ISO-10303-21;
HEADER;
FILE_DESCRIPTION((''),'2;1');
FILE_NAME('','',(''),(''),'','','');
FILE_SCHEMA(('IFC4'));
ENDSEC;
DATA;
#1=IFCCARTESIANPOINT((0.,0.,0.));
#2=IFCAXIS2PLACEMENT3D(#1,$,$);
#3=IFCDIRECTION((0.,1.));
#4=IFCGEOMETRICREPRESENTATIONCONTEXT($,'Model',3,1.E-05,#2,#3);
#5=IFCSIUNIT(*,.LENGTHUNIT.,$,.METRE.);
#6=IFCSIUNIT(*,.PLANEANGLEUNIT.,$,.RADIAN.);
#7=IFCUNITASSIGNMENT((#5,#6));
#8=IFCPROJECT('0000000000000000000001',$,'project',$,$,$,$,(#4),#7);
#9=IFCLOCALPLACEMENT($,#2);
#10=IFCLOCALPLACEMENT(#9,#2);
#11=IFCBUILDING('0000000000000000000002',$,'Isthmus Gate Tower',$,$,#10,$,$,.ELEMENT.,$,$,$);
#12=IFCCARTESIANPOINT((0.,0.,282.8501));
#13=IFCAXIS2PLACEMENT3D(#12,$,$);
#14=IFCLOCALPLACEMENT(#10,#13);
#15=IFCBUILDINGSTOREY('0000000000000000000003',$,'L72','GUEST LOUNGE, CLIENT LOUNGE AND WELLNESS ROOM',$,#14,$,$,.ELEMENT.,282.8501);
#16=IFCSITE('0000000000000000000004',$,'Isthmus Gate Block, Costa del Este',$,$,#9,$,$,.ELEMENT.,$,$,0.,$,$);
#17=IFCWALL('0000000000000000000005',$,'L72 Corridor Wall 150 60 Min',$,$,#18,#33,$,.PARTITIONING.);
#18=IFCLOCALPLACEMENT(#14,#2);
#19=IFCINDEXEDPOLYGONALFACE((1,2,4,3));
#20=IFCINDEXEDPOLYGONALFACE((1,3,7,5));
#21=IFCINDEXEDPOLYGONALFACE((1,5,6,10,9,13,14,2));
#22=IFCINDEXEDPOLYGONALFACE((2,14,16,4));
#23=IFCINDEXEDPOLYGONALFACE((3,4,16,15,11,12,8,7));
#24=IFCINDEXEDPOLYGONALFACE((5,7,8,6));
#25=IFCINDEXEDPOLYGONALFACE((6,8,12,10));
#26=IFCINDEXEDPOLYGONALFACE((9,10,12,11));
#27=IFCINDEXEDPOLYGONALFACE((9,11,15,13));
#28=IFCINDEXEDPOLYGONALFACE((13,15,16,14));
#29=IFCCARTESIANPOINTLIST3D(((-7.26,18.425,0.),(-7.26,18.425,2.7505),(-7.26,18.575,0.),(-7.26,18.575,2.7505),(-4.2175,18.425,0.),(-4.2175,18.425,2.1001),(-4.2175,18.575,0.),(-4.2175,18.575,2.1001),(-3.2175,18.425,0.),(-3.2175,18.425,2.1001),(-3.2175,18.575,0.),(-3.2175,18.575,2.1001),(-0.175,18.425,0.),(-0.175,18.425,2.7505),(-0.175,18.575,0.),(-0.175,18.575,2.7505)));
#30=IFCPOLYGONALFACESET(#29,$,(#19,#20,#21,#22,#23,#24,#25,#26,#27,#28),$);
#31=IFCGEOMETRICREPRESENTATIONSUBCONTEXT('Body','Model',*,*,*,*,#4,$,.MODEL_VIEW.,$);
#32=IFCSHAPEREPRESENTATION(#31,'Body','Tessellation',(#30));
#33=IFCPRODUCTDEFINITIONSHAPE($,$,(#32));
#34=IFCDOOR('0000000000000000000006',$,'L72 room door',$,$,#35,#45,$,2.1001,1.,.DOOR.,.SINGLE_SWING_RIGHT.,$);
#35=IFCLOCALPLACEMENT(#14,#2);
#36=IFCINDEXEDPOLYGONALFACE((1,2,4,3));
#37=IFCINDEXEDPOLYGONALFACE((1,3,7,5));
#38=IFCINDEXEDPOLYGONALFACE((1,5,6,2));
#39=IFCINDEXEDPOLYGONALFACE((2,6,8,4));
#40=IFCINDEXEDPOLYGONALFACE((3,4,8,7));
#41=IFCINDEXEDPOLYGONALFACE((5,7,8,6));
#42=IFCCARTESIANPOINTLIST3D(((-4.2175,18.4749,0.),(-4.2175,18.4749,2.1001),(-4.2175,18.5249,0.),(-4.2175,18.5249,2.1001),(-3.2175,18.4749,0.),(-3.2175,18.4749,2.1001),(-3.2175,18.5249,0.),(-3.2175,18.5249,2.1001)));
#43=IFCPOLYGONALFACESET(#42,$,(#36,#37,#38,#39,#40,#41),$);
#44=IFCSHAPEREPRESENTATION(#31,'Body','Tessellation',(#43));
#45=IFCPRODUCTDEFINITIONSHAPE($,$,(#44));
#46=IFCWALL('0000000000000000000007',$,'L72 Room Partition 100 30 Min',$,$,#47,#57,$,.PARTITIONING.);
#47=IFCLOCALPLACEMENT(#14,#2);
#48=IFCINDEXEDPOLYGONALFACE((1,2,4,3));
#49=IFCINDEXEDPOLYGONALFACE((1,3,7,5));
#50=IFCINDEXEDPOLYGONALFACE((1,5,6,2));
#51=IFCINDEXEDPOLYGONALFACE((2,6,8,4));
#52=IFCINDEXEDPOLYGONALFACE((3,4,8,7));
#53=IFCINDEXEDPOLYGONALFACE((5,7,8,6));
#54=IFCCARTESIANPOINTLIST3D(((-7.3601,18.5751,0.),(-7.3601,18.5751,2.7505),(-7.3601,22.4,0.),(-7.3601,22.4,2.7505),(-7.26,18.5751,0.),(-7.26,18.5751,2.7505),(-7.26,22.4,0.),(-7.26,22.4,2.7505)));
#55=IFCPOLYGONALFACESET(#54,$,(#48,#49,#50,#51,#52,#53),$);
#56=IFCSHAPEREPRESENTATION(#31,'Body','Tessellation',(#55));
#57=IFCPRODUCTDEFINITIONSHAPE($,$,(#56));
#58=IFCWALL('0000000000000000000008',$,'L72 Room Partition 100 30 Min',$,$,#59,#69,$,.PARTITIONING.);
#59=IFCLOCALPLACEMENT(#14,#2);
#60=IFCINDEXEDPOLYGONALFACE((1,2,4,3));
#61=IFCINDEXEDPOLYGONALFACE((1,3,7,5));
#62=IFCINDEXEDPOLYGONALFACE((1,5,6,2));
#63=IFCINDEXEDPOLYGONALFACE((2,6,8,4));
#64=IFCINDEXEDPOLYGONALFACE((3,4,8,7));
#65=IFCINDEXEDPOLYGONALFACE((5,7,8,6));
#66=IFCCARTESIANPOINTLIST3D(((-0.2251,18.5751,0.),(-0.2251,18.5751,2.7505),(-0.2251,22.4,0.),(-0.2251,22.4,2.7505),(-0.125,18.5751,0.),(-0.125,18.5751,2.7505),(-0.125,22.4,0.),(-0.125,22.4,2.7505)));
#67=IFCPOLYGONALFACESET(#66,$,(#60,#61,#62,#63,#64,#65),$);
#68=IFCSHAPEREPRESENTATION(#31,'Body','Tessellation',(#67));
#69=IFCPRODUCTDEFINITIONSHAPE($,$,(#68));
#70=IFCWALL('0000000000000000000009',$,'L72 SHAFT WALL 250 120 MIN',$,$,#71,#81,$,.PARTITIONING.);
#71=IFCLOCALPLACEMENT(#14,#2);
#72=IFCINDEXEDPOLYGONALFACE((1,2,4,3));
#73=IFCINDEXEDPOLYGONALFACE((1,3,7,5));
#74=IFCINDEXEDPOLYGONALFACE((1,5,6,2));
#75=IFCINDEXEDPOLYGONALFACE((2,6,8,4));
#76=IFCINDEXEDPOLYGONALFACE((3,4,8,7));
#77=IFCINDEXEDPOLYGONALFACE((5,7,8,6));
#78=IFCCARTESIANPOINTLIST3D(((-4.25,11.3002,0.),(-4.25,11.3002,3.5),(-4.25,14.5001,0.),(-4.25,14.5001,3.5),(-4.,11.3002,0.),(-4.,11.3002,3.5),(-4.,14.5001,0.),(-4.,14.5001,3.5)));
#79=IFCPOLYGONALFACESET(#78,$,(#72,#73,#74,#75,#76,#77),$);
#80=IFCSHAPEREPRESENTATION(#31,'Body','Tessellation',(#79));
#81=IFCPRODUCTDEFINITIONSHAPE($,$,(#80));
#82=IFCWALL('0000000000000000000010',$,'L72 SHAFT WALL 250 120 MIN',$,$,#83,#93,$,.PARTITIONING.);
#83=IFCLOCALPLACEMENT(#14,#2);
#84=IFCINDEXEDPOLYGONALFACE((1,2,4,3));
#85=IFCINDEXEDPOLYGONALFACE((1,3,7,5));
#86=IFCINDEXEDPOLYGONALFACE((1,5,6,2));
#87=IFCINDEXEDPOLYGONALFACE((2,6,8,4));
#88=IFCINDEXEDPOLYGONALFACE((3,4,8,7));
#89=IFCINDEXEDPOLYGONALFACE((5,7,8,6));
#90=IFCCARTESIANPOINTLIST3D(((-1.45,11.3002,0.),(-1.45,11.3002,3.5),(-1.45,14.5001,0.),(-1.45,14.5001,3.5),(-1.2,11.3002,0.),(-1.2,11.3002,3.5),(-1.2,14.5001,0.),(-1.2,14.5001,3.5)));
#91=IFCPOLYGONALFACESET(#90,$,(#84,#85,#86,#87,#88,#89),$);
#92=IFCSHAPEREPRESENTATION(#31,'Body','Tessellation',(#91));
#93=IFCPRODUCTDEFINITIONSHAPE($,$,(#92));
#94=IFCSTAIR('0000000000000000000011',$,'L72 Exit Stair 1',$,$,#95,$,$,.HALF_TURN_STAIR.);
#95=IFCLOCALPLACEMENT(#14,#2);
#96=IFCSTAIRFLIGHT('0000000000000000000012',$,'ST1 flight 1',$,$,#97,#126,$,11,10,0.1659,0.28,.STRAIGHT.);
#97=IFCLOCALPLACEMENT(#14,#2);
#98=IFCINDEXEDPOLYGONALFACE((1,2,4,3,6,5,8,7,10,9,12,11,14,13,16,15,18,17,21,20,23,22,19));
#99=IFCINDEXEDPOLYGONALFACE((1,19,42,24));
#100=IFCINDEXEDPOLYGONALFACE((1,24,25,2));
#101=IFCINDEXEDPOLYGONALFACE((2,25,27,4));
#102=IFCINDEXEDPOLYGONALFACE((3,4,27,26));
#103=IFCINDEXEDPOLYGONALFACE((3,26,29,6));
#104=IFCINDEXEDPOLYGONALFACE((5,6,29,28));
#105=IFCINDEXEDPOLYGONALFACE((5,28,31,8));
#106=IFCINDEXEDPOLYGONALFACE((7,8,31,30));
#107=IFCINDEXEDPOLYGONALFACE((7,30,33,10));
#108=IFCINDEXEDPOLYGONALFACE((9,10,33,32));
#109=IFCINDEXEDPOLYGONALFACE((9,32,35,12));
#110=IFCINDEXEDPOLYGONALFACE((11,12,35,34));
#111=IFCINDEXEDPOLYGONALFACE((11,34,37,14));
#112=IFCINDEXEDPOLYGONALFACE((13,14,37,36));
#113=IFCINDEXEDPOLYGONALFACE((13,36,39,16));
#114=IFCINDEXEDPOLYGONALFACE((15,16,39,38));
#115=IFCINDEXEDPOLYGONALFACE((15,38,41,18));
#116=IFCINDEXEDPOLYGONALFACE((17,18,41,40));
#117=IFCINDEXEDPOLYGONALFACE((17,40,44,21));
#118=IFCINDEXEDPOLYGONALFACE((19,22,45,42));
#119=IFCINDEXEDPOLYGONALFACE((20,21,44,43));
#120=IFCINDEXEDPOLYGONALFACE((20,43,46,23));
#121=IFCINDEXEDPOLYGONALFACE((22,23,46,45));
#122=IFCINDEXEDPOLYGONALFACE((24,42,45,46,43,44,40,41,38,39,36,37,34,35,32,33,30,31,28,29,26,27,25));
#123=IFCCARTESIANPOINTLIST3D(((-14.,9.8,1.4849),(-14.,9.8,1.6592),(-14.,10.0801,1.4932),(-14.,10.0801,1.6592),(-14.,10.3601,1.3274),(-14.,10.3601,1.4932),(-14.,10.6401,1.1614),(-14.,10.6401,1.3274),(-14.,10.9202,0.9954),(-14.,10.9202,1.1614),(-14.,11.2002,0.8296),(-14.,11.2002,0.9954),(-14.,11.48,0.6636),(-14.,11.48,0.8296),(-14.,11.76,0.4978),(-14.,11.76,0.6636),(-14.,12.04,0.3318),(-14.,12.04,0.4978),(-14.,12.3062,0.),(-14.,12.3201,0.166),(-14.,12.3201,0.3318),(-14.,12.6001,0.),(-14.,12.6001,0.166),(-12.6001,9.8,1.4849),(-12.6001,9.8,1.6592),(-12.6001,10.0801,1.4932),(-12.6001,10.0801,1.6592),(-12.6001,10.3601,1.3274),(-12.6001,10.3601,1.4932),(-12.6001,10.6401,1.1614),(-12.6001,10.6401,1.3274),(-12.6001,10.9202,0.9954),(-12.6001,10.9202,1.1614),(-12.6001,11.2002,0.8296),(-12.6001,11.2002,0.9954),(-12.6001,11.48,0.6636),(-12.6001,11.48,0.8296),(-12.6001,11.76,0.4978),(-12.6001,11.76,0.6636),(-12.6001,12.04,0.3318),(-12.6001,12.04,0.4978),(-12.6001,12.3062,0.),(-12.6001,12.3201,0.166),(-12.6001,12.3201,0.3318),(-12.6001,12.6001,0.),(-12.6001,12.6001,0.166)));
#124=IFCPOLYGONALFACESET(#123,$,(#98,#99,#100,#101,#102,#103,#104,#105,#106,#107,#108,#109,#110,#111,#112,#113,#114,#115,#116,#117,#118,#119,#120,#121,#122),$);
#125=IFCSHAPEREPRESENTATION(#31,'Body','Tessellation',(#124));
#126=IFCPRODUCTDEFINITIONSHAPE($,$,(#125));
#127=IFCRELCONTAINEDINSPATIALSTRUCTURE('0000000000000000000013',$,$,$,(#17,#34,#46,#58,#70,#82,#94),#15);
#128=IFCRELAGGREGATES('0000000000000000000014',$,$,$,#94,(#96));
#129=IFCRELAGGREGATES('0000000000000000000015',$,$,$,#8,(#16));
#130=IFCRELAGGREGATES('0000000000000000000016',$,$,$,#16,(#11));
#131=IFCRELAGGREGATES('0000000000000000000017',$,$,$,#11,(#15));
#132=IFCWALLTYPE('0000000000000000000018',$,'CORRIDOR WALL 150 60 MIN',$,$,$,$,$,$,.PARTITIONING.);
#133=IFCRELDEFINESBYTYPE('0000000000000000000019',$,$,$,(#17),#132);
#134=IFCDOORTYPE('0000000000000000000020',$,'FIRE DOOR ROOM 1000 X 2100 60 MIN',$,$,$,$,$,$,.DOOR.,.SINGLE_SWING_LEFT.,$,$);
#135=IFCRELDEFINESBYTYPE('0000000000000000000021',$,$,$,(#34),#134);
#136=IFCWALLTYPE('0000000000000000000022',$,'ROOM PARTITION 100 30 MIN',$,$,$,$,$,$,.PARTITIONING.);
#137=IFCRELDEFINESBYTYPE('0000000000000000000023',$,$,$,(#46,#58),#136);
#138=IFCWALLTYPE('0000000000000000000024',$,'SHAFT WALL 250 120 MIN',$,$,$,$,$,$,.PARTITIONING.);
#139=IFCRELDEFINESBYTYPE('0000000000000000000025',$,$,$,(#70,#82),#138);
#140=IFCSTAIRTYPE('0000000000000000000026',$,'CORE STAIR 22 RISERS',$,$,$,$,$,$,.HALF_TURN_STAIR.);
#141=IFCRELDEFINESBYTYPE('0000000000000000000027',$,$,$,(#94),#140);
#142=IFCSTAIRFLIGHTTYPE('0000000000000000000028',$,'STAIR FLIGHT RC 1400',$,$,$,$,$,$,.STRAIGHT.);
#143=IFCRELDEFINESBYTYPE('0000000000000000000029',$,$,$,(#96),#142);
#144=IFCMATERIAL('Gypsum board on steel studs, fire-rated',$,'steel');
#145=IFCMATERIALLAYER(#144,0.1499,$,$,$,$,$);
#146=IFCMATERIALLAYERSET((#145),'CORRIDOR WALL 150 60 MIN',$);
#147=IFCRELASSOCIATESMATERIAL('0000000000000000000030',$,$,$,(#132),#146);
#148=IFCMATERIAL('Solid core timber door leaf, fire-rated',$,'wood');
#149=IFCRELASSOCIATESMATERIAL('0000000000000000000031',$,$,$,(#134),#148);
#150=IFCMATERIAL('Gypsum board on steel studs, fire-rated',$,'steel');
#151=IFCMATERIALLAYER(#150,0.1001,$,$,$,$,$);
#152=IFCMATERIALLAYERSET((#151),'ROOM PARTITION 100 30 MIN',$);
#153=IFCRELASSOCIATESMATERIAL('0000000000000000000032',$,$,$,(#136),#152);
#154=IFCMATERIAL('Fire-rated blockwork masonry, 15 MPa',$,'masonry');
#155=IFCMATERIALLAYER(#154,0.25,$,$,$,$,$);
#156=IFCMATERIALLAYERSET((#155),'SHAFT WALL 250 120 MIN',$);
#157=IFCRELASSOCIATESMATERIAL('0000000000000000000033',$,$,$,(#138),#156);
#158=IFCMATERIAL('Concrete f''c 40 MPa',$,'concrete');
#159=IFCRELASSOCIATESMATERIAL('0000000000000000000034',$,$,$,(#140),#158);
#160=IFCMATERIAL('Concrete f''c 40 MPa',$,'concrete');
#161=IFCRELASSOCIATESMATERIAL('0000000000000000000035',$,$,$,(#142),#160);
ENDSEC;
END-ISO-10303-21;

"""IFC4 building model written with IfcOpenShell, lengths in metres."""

from ifc_helpers import new_model, si_unit, direction, frame, frame_2d, origin, place, context, subcontext, project, spatial, polyline, rectangle, outline, extrude, material, layer, layer_set, type_object, element, fill, aggregate, save


model = new_model("IFC4")

# Units and contexts
model_context = context("Model", 3, precision=1e-05, world=origin(), true_north=direction((0.0, 1.0)))
body_context = subcontext(model_context, "Body", "Model", "MODEL_VIEW")
ifc_project = project(units=[si_unit("LENGTHUNIT", "METRE"), si_unit("PLANEANGLEUNIT", "RADIAN")], contexts=[model_context])

# Site, building, storey
site_placement = place(None, origin())
site = spatial("IfcSite", under=ifc_project, at=site_placement, Name="Isthmus Gate Block, Costa del Este", CompositionType="ELEMENT", RefElevation=0.0)
building_placement = place(site_placement, origin())
building = spatial("IfcBuilding", under=site, at=building_placement, Name="Isthmus Gate Tower", CompositionType="ELEMENT")
storey_placement = place(building_placement, frame((0.0, 0.0, 282.8501)))
storey = spatial("IfcBuildingStorey", under=building, at=storey_placement, Name="L72", Description="GUEST LOUNGE, CLIENT LOUNGE AND WELLNESS ROOM", CompositionType="ELEMENT", Elevation=282.8501)

# Wall, opening, door
ifc_material_1 = material(Name="Gypsum board on steel studs, fire-rated", Category="steel")
ifc_layer_1 = layer(ifc_material_1, 0.1499)
ifc_layer_set_1 = layer_set([ifc_layer_1], Name="CORRIDOR WALL 150 60 MIN")
wall_type_1 = type_object("IfcWallType", Name="CORRIDOR WALL 150 60 MIN", PredefinedType="PARTITIONING", material=ifc_layer_set_1)
wall_placement = place(storey_placement, frame((-7.26, 18.5, 0.0), z_axis=(0.0, 0.0, 1.0), x_axis=(1.0, 0.0, 0.0)))
wall = element("IfcWall", 1, at=wall_placement, inside=storey, type_object=wall_type_1, Name="L72 Corridor Wall 150 60 Min", PredefinedType="PARTITIONING", context=body_context, shape_type="SweptSolid", body=[
    extrude(rectangle(XDim=7.085, YDim=0.1499, at=frame_2d((3.5425, 0.0))), origin(), (0.0, 0.0, 1.0), 2.7505),
])
opening_placement = place(wall_placement, frame((3.0425, 0.0, 0.0)))
opening = element("IfcOpeningElement", 2, at=opening_placement, cuts=wall, PredefinedType="OPENING", context=body_context, shape_type="SweptSolid", body=[
    extrude(rectangle(XDim=1.0, YDim=2.1001, at=frame_2d((0.5, 1.05))), frame((0.0, 0.085, 0.0), z_axis=(0.0, -1.0, 0.0), x_axis=(1.0, 0.0, 0.0)), (0.0, 0.0, 1.0), 0.1699),
])
ifc_material_2 = material(Name="Solid core timber door leaf, fire-rated", Category="wood")
door_type = type_object("IfcDoorType", Name="FIRE DOOR ROOM 1000 X 2100 60 MIN", OperationType="SINGLE_SWING_LEFT", PredefinedType="DOOR", material=ifc_material_2)
door_placement = place(opening_placement, origin())
door = element("IfcDoor", 3, at=door_placement, inside=storey, type_object=door_type, Name="L72 room door", OperationType="SINGLE_SWING_RIGHT", OverallHeight=2.1001, OverallWidth=1.0, PredefinedType="DOOR", context=body_context, shape_type="SweptSolid", body=[
    extrude(rectangle(XDim=1.0, YDim=2.1001, at=frame_2d((0.5, 1.05))), frame((0.0, 0.0249, 0.0), z_axis=(0.0, -1.0, 0.0), x_axis=(1.0, 0.0, 0.0)), (0.0, 0.0, 1.0), 0.05),
])
fill(opening, door)

# Walls
ifc_material_3 = material(Name="Gypsum board on steel studs, fire-rated", Category="steel")
ifc_layer_2 = layer(ifc_material_3, 0.1001)
ifc_layer_set_2 = layer_set([ifc_layer_2], Name="ROOM PARTITION 100 30 MIN")
wall_type_2 = type_object("IfcWallType", Name="ROOM PARTITION 100 30 MIN", PredefinedType="PARTITIONING", material=ifc_layer_set_2)
for number, where, z_axis, x_axis, name in (
    (4, (-7.3101, 18.575, 0.0), (0.0, 0.0, 1.0), (0.0, 1.0, 0.0), "L72 Room Partition 100 30 Min"),
    (5, (-0.175, 18.575, 0.0), (0.0, 0.0, 1.0), (0.0, 1.0, 0.0), "L72 Room Partition 100 30 Min"),
):
    element("IfcWall", number, at=place(storey_placement, frame(where, z_axis=z_axis, x_axis=x_axis)), inside=storey, type_object=wall_type_2, Name=name, PredefinedType="PARTITIONING", context=body_context, shape_type="SweptSolid", body=[
        extrude(rectangle(XDim=3.825, YDim=0.1001, at=frame_2d((1.9126, 0.0))), origin(), (0.0, 0.0, 1.0), 2.7505),
    ])
ifc_material_4 = material(Name="Fire-rated blockwork masonry, 15 MPa", Category="masonry")
ifc_layer_3 = layer(ifc_material_4, 0.25)
ifc_layer_set_3 = layer_set([ifc_layer_3], Name="SHAFT WALL 250 120 MIN")
wall_type_3 = type_object("IfcWallType", Name="SHAFT WALL 250 120 MIN", PredefinedType="PARTITIONING", material=ifc_layer_set_3)
for number, where, z_axis, x_axis, name in (
    (6, (-4.125, 11.3, 0.0), (0.0, 0.0, 1.0), (0.0, 1.0, 0.0), "L72 SHAFT WALL 250 120 MIN"),
    (7, (-1.325, 11.3, 0.0), (0.0, 0.0, 1.0), (0.0, 1.0, 0.0), "L72 SHAFT WALL 250 120 MIN"),
):
    element("IfcWall", number, at=place(storey_placement, frame(where, z_axis=z_axis, x_axis=x_axis)), inside=storey, type_object=wall_type_3, Name=name, PredefinedType="PARTITIONING", context=body_context, shape_type="SweptSolid", body=[
        extrude(rectangle(XDim=3.2, YDim=0.25, at=frame_2d((1.6001, 0.0))), origin(), (0.0, 0.0, 1.0), 3.5),
    ])

# Stair, stair flight
ifc_material_5 = material(Name="Concrete f'c 40 MPa", Category="concrete")
stair_type = type_object("IfcStairType", Name="CORE STAIR 22 RISERS", PredefinedType="HALF_TURN_STAIR", material=ifc_material_5)
stair_placement = place(storey_placement, origin())
stair = element("IfcStair", 8, at=stair_placement, inside=storey, type_object=stair_type, Name="L72 Exit Stair 1", PredefinedType="HALF_TURN_STAIR")
ifc_material_6 = material(Name="Concrete f'c 40 MPa", Category="concrete")
stair_flight_type = type_object("IfcStairFlightType", Name="STAIR FLIGHT RC 1400", PredefinedType="STRAIGHT", material=ifc_material_6)
stair_flight_placement = place(storey_placement, frame((-13.3, 12.6001, 0.0), z_axis=(0.0, 0.0, 1.0), x_axis=(0.0, -1.0, 0.0)))
stair_flight = element("IfcStairFlight", 9, at=stair_flight_placement, type_object=stair_flight_type, Name="ST1 flight 1", NumberOfRisers=11, NumberOfTreads=10, PredefinedType="STRAIGHT", RiserHeight=0.1659, TreadLength=0.28, context=body_context, shape_type="SweptSolid", body=[
    extrude(outline(polyline([(0.0, 0.0), (0.0, 0.166), (0.28, 0.166), (0.28, 0.3318), (0.5601, 0.3318), (0.5601, 0.4978), (0.8401, 0.4978), (0.8401, 0.6636), (1.1201, 0.6636), (1.1201, 0.8296), (1.3999, 0.8296), (1.3999, 0.9954), (1.6799, 0.9954), (1.6799, 1.1614), (1.96, 1.1614), (1.96, 1.3274), (2.24, 1.3274), (2.24, 1.4932), (2.52, 1.4932), (2.52, 1.6592), (2.8, 1.6592), (2.8, 1.825), (2.8, 1.4849), (0.2939, 0.0), (0.0, 0.0)])), frame((0.0, 0.7, 0.0), z_axis=(0.0, -1.0, 0.0), x_axis=(1.0, 0.0, 0.0)), (0.0, 0.0, 1.0), 1.3999),
])
aggregate(stair, [stair_flight])

save(model, "model.ifc")
